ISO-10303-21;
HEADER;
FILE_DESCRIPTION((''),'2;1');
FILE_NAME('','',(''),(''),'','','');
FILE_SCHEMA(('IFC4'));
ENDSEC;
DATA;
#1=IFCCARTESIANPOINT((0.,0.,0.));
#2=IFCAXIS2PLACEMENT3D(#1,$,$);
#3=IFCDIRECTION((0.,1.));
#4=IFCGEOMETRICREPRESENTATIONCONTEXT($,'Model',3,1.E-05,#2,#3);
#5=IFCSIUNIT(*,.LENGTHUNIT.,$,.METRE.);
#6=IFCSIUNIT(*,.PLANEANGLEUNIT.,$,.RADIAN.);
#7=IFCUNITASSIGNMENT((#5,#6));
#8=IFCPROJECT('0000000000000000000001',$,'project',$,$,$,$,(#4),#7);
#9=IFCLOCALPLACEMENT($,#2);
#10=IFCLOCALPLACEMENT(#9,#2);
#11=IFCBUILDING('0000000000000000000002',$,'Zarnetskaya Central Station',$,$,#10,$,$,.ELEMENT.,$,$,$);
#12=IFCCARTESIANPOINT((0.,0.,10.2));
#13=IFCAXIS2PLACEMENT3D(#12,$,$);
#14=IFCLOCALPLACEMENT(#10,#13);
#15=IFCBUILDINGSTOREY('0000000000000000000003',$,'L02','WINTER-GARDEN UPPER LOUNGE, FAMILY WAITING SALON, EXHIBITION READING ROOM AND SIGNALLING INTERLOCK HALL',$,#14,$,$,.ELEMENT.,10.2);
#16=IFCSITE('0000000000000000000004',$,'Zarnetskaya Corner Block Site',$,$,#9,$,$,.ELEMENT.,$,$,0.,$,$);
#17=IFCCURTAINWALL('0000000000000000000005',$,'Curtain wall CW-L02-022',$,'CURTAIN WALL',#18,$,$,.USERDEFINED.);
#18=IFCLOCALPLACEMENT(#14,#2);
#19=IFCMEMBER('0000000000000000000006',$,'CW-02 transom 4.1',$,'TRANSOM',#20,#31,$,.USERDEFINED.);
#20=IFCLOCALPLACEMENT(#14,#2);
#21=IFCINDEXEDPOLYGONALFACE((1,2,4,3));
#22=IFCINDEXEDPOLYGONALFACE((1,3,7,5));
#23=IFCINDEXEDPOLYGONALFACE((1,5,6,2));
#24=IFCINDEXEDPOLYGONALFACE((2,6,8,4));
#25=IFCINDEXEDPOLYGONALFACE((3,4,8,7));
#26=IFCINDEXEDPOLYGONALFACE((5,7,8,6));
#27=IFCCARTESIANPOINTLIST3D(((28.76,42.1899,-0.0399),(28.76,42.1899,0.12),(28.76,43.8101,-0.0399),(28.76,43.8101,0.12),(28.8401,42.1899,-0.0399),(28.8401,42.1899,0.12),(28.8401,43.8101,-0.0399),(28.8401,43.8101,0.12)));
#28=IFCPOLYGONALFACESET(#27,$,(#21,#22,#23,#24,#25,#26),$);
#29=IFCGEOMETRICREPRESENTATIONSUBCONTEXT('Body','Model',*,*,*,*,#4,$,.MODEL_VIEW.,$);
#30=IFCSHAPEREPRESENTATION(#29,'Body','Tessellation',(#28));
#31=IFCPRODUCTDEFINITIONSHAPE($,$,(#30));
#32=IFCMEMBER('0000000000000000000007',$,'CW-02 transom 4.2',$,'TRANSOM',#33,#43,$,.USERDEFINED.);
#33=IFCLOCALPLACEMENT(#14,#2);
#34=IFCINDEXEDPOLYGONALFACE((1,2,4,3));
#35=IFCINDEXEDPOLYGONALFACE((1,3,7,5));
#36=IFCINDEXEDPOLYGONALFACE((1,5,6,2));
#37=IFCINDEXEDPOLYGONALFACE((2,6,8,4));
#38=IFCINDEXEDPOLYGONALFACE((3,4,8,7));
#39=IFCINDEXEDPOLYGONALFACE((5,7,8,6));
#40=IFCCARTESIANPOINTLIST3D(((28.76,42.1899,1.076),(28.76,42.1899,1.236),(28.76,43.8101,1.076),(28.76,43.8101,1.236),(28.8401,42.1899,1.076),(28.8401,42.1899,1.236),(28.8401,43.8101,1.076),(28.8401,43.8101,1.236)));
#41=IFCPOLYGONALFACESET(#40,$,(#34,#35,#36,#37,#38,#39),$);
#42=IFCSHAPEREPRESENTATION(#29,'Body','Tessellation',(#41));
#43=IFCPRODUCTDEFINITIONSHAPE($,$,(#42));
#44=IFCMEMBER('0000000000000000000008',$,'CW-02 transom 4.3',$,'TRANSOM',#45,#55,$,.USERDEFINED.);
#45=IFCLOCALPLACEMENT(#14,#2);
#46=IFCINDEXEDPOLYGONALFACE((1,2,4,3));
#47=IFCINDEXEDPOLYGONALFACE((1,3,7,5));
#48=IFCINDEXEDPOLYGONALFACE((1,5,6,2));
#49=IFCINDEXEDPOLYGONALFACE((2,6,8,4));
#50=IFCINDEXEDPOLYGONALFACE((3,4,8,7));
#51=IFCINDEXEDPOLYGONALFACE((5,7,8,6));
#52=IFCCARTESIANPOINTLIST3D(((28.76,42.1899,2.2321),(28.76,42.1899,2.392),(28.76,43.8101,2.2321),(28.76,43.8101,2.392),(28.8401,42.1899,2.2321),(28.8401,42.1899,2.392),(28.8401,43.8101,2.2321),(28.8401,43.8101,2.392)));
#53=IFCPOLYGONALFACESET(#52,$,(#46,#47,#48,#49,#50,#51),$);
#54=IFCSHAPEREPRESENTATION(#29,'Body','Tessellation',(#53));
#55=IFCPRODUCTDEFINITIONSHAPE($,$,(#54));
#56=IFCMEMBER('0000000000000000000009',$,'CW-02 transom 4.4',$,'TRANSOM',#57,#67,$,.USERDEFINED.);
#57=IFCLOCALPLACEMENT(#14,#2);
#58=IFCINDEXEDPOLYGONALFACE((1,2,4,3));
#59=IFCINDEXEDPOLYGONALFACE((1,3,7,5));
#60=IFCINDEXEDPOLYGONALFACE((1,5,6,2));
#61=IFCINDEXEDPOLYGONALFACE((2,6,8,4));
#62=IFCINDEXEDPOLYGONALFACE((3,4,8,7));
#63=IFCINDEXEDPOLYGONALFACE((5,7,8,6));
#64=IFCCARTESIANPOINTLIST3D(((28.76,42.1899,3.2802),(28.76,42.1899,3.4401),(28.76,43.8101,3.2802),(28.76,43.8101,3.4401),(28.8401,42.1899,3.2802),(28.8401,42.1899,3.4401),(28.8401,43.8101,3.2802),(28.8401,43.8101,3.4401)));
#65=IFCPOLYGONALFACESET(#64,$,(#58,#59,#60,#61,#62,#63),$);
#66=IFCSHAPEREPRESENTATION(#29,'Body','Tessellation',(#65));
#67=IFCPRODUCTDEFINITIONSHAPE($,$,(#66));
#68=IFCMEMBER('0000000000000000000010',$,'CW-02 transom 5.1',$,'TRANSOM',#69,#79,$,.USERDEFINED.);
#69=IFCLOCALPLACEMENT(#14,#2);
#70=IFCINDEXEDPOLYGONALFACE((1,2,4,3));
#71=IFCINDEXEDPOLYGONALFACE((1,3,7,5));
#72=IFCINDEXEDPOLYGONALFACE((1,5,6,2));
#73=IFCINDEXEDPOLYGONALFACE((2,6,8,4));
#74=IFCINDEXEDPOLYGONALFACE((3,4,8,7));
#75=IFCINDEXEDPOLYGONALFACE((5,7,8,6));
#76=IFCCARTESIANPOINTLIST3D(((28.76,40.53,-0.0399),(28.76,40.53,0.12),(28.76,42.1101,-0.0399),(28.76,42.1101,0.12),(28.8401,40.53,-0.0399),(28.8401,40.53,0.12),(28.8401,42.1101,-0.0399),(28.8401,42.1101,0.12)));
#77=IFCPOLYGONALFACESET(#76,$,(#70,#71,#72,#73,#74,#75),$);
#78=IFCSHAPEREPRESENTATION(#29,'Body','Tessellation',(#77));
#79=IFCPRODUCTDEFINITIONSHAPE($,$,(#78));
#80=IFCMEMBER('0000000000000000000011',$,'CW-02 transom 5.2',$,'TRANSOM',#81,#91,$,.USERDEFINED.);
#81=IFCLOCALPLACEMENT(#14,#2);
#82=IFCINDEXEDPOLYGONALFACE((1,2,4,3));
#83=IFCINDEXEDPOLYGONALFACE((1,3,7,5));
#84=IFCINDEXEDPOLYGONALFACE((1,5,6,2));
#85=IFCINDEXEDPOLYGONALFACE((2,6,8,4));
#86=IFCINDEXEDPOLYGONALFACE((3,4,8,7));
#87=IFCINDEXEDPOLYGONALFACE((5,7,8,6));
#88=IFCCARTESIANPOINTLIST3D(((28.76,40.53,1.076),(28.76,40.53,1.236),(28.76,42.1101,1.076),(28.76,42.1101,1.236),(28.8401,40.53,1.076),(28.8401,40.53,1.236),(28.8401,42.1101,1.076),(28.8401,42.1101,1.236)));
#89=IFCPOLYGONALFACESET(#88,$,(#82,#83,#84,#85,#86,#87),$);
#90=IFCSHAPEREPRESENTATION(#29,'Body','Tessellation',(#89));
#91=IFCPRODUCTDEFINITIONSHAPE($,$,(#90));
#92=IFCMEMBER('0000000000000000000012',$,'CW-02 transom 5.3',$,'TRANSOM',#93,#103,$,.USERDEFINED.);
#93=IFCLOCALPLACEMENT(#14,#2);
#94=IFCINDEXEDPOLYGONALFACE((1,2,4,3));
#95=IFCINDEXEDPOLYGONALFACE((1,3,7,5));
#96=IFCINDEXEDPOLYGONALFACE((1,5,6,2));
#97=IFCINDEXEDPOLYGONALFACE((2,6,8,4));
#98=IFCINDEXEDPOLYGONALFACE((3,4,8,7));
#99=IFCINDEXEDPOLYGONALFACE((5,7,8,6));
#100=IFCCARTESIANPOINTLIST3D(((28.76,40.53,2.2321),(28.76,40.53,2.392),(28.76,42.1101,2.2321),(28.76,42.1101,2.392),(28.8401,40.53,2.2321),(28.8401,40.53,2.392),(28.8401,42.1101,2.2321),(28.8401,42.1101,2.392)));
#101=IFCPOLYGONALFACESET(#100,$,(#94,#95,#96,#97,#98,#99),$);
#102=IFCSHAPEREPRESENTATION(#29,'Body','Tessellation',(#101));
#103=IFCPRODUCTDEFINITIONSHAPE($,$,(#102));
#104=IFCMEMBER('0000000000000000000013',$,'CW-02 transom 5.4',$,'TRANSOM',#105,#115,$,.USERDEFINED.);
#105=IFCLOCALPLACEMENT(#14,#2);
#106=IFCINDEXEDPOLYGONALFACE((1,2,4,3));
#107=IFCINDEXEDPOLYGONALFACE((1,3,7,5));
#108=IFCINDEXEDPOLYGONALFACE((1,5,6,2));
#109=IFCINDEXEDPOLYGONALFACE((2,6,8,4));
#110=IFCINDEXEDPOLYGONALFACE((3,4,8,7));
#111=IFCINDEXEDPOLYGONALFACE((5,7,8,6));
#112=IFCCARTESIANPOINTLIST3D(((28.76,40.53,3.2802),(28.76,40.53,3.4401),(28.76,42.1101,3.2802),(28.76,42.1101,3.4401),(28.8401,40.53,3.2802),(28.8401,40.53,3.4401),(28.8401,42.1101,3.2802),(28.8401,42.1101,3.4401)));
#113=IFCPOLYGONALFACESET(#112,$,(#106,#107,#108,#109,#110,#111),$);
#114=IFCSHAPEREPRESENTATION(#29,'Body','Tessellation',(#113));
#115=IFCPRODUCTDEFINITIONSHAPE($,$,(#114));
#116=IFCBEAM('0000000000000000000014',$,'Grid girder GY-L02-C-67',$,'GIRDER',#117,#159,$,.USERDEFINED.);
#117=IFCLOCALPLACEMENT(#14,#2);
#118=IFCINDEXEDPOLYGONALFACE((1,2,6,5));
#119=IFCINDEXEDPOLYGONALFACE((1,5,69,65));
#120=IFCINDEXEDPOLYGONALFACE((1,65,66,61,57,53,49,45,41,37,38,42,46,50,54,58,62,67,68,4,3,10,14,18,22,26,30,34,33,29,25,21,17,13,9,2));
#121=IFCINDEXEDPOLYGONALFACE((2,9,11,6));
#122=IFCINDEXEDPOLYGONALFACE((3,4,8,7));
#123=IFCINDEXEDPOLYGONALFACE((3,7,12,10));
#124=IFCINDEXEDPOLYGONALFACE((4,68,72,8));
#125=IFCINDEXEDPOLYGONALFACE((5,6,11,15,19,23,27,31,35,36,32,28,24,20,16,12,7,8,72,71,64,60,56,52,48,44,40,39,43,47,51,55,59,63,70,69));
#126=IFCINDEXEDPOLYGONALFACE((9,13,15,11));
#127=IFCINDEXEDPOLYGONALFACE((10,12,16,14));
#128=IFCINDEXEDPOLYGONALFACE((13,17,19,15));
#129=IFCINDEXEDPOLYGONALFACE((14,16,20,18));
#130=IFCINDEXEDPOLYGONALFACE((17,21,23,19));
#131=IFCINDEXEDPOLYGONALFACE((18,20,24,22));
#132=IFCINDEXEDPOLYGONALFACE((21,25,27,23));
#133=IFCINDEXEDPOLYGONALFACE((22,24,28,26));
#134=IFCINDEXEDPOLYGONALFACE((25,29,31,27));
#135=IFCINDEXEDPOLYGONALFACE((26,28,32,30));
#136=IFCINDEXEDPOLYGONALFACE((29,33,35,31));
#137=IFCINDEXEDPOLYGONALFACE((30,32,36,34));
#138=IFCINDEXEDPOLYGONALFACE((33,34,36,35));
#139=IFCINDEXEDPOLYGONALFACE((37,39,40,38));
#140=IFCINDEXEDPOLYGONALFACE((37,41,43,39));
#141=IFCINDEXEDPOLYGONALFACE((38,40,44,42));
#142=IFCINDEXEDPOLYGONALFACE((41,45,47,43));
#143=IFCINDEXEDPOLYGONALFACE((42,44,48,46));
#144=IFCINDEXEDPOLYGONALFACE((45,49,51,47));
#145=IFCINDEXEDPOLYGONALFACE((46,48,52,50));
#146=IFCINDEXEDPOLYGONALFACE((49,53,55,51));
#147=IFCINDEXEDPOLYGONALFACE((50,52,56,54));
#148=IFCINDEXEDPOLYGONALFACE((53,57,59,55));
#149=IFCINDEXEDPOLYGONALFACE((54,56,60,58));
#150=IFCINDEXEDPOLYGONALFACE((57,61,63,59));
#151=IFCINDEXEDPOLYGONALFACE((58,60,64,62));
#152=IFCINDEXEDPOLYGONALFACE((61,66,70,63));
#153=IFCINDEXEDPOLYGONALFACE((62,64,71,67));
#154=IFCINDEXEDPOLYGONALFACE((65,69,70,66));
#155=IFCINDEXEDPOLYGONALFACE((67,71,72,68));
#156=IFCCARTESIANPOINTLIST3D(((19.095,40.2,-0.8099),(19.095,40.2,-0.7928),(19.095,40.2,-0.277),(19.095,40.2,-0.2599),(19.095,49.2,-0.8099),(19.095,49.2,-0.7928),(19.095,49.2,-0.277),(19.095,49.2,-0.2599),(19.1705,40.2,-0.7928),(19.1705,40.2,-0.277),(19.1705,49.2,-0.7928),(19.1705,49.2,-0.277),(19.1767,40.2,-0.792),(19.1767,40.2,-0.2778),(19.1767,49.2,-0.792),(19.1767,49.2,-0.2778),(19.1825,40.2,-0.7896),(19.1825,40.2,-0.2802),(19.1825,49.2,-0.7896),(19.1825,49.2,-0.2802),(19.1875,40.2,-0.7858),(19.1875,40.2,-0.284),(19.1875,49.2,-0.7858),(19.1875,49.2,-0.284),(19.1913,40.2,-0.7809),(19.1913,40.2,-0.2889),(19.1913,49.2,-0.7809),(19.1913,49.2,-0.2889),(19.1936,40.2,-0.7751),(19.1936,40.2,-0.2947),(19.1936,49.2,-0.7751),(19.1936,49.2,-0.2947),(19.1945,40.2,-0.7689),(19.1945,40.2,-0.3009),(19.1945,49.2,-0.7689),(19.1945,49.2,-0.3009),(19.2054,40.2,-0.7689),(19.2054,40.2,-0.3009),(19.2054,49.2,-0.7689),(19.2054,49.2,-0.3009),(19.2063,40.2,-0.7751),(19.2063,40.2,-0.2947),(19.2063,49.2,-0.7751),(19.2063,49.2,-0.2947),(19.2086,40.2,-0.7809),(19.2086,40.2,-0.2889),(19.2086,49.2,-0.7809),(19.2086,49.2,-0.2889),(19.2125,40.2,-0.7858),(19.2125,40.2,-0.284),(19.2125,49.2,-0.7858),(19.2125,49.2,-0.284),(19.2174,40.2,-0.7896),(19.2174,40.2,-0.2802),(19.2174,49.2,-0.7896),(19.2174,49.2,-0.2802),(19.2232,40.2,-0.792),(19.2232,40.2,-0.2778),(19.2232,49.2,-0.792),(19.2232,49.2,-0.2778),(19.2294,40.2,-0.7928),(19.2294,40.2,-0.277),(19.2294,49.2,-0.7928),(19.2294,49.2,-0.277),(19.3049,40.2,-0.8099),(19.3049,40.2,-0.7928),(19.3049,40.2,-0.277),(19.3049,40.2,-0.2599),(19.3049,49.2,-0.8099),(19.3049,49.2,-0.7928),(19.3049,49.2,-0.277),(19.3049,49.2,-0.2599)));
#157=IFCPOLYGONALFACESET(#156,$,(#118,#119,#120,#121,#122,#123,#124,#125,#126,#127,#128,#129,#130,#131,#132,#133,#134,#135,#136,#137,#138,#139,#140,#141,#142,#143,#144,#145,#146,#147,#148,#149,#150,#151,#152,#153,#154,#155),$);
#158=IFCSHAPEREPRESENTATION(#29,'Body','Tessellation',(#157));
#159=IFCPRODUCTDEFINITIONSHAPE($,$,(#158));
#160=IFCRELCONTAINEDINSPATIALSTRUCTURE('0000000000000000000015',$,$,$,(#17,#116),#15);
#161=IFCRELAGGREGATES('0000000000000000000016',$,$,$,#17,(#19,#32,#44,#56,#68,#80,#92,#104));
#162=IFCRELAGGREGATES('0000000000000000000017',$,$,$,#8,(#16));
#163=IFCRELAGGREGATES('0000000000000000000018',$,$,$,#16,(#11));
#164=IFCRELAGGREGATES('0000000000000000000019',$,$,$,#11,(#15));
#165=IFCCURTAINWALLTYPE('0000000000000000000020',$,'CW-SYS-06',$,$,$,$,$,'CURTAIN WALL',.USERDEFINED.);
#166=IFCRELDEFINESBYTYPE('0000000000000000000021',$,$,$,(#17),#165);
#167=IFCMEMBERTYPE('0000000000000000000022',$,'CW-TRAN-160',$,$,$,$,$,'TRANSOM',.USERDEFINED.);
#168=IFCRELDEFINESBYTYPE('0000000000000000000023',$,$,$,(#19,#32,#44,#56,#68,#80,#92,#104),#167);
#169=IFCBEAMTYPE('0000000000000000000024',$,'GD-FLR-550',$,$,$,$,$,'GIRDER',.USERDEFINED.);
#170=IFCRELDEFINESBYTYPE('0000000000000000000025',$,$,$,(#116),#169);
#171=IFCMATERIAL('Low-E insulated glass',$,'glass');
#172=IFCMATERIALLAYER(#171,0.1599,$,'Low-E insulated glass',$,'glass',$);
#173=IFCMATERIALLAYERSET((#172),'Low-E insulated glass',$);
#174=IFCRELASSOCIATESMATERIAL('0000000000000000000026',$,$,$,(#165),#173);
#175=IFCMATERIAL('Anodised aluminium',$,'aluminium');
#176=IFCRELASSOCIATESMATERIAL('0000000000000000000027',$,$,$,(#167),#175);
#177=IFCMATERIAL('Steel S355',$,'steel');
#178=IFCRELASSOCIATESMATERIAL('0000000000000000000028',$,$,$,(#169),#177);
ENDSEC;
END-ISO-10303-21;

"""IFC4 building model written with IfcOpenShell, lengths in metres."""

from ifc_helpers import new_model, si_unit, direction, frame, origin, origin_2d, place, context, subcontext, project, spatial, rectangle, i_section, extrude, material, layer, layer_set, material_profile, profile_set, type_object, element, aggregate, save


model = new_model("IFC4")

# Units and contexts
model_context = context("Model", 3, precision=1e-05, world=origin(), true_north=direction((0.0, 1.0)))
body_context = subcontext(model_context, "Body", "Model", "MODEL_VIEW")
ifc_project = project(units=[si_unit("LENGTHUNIT", "METRE"), si_unit("PLANEANGLEUNIT", "RADIAN")], contexts=[model_context])

# Site, building, storey
site_placement = place(None, origin())
site = spatial("IfcSite", under=ifc_project, at=site_placement, Name="Zarnetskaya Corner Block Site", CompositionType="ELEMENT", RefElevation=0.0)
building_placement = place(site_placement, origin())
building = spatial("IfcBuilding", under=site, at=building_placement, Name="Zarnetskaya Central Station", CompositionType="ELEMENT")
storey_placement = place(building_placement, frame((0.0, 0.0, 10.2)))
storey = spatial("IfcBuildingStorey", under=building, at=storey_placement, Name="L02", Description="WINTER-GARDEN UPPER LOUNGE, FAMILY WAITING SALON, EXHIBITION READING ROOM AND SIGNALLING INTERLOCK HALL", CompositionType="ELEMENT", Elevation=10.2)

# Shared definitions
ifc_material_1 = material(Name="Steel S355", Category="steel")

# Curtain wall, members
ifc_material_2 = material(Name="Low-E insulated glass", Category="glass")
ifc_layer_1 = layer(ifc_material_2, 0.1599, Name="Low-E insulated glass", Category="glass")
ifc_layer_set_1 = layer_set([ifc_layer_1], Name="Low-E insulated glass")
curtain_wall_type = type_object("IfcCurtainWallType", Name="CW-SYS-06", ElementType="CURTAIN WALL", PredefinedType="USERDEFINED", material=ifc_layer_set_1)
curtain_wall_placement = place(storey_placement, origin())
curtain_wall = element("IfcCurtainWall", 1, at=curtain_wall_placement, inside=storey, type_object=curtain_wall_type, Name="Curtain wall CW-L02-022", ObjectType="CURTAIN WALL", PredefinedType="USERDEFINED")
ifc_material_3 = material(Name="Anodised aluminium", Category="aluminium")
ifc_material_profile_1 = material_profile(ifc_material_3, rectangle(XDim=0.0801, YDim=0.1599, at=origin_2d()), Name="ALU TRAN 80x160")
ifc_profile_set_1 = profile_set([ifc_material_profile_1], Name="Anodised aluminium")
member_type_1 = type_object("IfcMemberType", Name="CW-TRAN-160", ElementType="TRANSOM", PredefinedType="USERDEFINED", material=ifc_profile_set_1)
member_1_placement = place(storey_placement, frame((28.8, 43.8101, 0.04), z_axis=(0.0, -1.0, 0.0), x_axis=(1.0, 0.0, 0.0)))
member_1 = element("IfcMember", 2, at=member_1_placement, type_object=member_type_1, Name="CW-02 transom 4.1", ObjectType="TRANSOM", PredefinedType="USERDEFINED", context=body_context, shape_type="SweptSolid", body=[
    extrude(rectangle(XDim=0.0801, YDim=0.1599, at=origin_2d()), origin(), (0.0, 0.0, 1.0), 1.6201),
])
member_2_placement = place(storey_placement, frame((28.8, 43.8101, 1.156), z_axis=(0.0, -1.0, 0.0), x_axis=(1.0, 0.0, 0.0)))
member_2 = element("IfcMember", 3, at=member_2_placement, type_object=member_type_1, Name="CW-02 transom 4.2", ObjectType="TRANSOM", PredefinedType="USERDEFINED", context=body_context, shape_type="SweptSolid", body=[
    extrude(rectangle(XDim=0.0801, YDim=0.1599, at=origin_2d()), origin(), (0.0, 0.0, 1.0), 1.6201),
])
member_3_placement = place(storey_placement, frame((28.8, 43.8101, 2.312), z_axis=(0.0, -1.0, 0.0), x_axis=(1.0, 0.0, 0.0)))
member_3 = element("IfcMember", 4, at=member_3_placement, type_object=member_type_1, Name="CW-02 transom 4.3", ObjectType="TRANSOM", PredefinedType="USERDEFINED", context=body_context, shape_type="SweptSolid", body=[
    extrude(rectangle(XDim=0.0801, YDim=0.1599, at=origin_2d()), origin(), (0.0, 0.0, 1.0), 1.6201),
])
member_4_placement = place(storey_placement, frame((28.8, 43.8101, 3.3601), z_axis=(0.0, -1.0, 0.0), x_axis=(1.0, 0.0, 0.0)))
member_4 = element("IfcMember", 5, at=member_4_placement, type_object=member_type_1, Name="CW-02 transom 4.4", ObjectType="TRANSOM", PredefinedType="USERDEFINED", context=body_context, shape_type="SweptSolid", body=[
    extrude(rectangle(XDim=0.0801, YDim=0.1599, at=origin_2d()), origin(), (0.0, 0.0, 1.0), 1.6201),
])
member_5_placement = place(storey_placement, frame((28.8, 42.1101, 0.04), z_axis=(0.0, -1.0, 0.0), x_axis=(1.0, 0.0, 0.0)))
member_5 = element("IfcMember", 6, at=member_5_placement, type_object=member_type_1, Name="CW-02 transom 5.1", ObjectType="TRANSOM", PredefinedType="USERDEFINED", context=body_context, shape_type="SweptSolid", body=[
    extrude(rectangle(XDim=0.0801, YDim=0.1599, at=origin_2d()), origin(), (0.0, 0.0, 1.0), 1.5801),
])
member_6_placement = place(storey_placement, frame((28.8, 42.1101, 1.156), z_axis=(0.0, -1.0, 0.0), x_axis=(1.0, 0.0, 0.0)))
member_6 = element("IfcMember", 7, at=member_6_placement, type_object=member_type_1, Name="CW-02 transom 5.2", ObjectType="TRANSOM", PredefinedType="USERDEFINED", context=body_context, shape_type="SweptSolid", body=[
    extrude(rectangle(XDim=0.0801, YDim=0.1599, at=origin_2d()), origin(), (0.0, 0.0, 1.0), 1.5801),
])
member_7_placement = place(storey_placement, frame((28.8, 42.1101, 2.312), z_axis=(0.0, -1.0, 0.0), x_axis=(1.0, 0.0, 0.0)))
member_7 = element("IfcMember", 8, at=member_7_placement, type_object=member_type_1, Name="CW-02 transom 5.3", ObjectType="TRANSOM", PredefinedType="USERDEFINED", context=body_context, shape_type="SweptSolid", body=[
    extrude(rectangle(XDim=0.0801, YDim=0.1599, at=origin_2d()), origin(), (0.0, 0.0, 1.0), 1.5801),
])
member_8_placement = place(storey_placement, frame((28.8, 42.1101, 3.3601), z_axis=(0.0, -1.0, 0.0), x_axis=(1.0, 0.0, 0.0)))
member_8 = element("IfcMember", 9, at=member_8_placement, type_object=member_type_1, Name="CW-02 transom 5.4", ObjectType="TRANSOM", PredefinedType="USERDEFINED", context=body_context, shape_type="SweptSolid", body=[
    extrude(rectangle(XDim=0.0801, YDim=0.1599, at=origin_2d()), origin(), (0.0, 0.0, 1.0), 1.5801),
])

# Beam
ifc_material_profile_2 = material_profile(ifc_material_1, i_section(OverallWidth=0.21, OverallDepth=0.55, WebThickness=0.011, FlangeThickness=0.0171, FilletRadius=0.0239, at=origin_2d()), Name="IPE 550")
ifc_profile_set_2 = profile_set([ifc_material_profile_2], Name="Steel S355")
beam_type_1 = type_object("IfcBeamType", Name="GD-FLR-550", ElementType="GIRDER", PredefinedType="USERDEFINED", material=ifc_profile_set_2)
for number, where, z_axis, x_axis, name in (
    (10, (19.2, 40.2, -0.5349), (0.0, 1.0, 0.0), (-1.0, 0.0, 0.0), "Grid girder GY-L02-C-67"),
):
    element("IfcBeam", number, at=place(storey_placement, frame(where, z_axis=z_axis, x_axis=x_axis)), inside=storey, type_object=beam_type_1, Name=name, ObjectType="GIRDER", PredefinedType="USERDEFINED", context=body_context, shape_type="SweptSolid", body=[
        extrude(i_section(OverallWidth=0.21, OverallDepth=0.55, WebThickness=0.011, FlangeThickness=0.0171, FilletRadius=0.0239, at=origin_2d()), origin(), (0.0, 0.0, 1.0), 9.0),
    ])

aggregate(curtain_wall, [member_1, member_2, member_3, member_4, member_5, member_6, member_7, member_8])

save(model, "model.ifc")
